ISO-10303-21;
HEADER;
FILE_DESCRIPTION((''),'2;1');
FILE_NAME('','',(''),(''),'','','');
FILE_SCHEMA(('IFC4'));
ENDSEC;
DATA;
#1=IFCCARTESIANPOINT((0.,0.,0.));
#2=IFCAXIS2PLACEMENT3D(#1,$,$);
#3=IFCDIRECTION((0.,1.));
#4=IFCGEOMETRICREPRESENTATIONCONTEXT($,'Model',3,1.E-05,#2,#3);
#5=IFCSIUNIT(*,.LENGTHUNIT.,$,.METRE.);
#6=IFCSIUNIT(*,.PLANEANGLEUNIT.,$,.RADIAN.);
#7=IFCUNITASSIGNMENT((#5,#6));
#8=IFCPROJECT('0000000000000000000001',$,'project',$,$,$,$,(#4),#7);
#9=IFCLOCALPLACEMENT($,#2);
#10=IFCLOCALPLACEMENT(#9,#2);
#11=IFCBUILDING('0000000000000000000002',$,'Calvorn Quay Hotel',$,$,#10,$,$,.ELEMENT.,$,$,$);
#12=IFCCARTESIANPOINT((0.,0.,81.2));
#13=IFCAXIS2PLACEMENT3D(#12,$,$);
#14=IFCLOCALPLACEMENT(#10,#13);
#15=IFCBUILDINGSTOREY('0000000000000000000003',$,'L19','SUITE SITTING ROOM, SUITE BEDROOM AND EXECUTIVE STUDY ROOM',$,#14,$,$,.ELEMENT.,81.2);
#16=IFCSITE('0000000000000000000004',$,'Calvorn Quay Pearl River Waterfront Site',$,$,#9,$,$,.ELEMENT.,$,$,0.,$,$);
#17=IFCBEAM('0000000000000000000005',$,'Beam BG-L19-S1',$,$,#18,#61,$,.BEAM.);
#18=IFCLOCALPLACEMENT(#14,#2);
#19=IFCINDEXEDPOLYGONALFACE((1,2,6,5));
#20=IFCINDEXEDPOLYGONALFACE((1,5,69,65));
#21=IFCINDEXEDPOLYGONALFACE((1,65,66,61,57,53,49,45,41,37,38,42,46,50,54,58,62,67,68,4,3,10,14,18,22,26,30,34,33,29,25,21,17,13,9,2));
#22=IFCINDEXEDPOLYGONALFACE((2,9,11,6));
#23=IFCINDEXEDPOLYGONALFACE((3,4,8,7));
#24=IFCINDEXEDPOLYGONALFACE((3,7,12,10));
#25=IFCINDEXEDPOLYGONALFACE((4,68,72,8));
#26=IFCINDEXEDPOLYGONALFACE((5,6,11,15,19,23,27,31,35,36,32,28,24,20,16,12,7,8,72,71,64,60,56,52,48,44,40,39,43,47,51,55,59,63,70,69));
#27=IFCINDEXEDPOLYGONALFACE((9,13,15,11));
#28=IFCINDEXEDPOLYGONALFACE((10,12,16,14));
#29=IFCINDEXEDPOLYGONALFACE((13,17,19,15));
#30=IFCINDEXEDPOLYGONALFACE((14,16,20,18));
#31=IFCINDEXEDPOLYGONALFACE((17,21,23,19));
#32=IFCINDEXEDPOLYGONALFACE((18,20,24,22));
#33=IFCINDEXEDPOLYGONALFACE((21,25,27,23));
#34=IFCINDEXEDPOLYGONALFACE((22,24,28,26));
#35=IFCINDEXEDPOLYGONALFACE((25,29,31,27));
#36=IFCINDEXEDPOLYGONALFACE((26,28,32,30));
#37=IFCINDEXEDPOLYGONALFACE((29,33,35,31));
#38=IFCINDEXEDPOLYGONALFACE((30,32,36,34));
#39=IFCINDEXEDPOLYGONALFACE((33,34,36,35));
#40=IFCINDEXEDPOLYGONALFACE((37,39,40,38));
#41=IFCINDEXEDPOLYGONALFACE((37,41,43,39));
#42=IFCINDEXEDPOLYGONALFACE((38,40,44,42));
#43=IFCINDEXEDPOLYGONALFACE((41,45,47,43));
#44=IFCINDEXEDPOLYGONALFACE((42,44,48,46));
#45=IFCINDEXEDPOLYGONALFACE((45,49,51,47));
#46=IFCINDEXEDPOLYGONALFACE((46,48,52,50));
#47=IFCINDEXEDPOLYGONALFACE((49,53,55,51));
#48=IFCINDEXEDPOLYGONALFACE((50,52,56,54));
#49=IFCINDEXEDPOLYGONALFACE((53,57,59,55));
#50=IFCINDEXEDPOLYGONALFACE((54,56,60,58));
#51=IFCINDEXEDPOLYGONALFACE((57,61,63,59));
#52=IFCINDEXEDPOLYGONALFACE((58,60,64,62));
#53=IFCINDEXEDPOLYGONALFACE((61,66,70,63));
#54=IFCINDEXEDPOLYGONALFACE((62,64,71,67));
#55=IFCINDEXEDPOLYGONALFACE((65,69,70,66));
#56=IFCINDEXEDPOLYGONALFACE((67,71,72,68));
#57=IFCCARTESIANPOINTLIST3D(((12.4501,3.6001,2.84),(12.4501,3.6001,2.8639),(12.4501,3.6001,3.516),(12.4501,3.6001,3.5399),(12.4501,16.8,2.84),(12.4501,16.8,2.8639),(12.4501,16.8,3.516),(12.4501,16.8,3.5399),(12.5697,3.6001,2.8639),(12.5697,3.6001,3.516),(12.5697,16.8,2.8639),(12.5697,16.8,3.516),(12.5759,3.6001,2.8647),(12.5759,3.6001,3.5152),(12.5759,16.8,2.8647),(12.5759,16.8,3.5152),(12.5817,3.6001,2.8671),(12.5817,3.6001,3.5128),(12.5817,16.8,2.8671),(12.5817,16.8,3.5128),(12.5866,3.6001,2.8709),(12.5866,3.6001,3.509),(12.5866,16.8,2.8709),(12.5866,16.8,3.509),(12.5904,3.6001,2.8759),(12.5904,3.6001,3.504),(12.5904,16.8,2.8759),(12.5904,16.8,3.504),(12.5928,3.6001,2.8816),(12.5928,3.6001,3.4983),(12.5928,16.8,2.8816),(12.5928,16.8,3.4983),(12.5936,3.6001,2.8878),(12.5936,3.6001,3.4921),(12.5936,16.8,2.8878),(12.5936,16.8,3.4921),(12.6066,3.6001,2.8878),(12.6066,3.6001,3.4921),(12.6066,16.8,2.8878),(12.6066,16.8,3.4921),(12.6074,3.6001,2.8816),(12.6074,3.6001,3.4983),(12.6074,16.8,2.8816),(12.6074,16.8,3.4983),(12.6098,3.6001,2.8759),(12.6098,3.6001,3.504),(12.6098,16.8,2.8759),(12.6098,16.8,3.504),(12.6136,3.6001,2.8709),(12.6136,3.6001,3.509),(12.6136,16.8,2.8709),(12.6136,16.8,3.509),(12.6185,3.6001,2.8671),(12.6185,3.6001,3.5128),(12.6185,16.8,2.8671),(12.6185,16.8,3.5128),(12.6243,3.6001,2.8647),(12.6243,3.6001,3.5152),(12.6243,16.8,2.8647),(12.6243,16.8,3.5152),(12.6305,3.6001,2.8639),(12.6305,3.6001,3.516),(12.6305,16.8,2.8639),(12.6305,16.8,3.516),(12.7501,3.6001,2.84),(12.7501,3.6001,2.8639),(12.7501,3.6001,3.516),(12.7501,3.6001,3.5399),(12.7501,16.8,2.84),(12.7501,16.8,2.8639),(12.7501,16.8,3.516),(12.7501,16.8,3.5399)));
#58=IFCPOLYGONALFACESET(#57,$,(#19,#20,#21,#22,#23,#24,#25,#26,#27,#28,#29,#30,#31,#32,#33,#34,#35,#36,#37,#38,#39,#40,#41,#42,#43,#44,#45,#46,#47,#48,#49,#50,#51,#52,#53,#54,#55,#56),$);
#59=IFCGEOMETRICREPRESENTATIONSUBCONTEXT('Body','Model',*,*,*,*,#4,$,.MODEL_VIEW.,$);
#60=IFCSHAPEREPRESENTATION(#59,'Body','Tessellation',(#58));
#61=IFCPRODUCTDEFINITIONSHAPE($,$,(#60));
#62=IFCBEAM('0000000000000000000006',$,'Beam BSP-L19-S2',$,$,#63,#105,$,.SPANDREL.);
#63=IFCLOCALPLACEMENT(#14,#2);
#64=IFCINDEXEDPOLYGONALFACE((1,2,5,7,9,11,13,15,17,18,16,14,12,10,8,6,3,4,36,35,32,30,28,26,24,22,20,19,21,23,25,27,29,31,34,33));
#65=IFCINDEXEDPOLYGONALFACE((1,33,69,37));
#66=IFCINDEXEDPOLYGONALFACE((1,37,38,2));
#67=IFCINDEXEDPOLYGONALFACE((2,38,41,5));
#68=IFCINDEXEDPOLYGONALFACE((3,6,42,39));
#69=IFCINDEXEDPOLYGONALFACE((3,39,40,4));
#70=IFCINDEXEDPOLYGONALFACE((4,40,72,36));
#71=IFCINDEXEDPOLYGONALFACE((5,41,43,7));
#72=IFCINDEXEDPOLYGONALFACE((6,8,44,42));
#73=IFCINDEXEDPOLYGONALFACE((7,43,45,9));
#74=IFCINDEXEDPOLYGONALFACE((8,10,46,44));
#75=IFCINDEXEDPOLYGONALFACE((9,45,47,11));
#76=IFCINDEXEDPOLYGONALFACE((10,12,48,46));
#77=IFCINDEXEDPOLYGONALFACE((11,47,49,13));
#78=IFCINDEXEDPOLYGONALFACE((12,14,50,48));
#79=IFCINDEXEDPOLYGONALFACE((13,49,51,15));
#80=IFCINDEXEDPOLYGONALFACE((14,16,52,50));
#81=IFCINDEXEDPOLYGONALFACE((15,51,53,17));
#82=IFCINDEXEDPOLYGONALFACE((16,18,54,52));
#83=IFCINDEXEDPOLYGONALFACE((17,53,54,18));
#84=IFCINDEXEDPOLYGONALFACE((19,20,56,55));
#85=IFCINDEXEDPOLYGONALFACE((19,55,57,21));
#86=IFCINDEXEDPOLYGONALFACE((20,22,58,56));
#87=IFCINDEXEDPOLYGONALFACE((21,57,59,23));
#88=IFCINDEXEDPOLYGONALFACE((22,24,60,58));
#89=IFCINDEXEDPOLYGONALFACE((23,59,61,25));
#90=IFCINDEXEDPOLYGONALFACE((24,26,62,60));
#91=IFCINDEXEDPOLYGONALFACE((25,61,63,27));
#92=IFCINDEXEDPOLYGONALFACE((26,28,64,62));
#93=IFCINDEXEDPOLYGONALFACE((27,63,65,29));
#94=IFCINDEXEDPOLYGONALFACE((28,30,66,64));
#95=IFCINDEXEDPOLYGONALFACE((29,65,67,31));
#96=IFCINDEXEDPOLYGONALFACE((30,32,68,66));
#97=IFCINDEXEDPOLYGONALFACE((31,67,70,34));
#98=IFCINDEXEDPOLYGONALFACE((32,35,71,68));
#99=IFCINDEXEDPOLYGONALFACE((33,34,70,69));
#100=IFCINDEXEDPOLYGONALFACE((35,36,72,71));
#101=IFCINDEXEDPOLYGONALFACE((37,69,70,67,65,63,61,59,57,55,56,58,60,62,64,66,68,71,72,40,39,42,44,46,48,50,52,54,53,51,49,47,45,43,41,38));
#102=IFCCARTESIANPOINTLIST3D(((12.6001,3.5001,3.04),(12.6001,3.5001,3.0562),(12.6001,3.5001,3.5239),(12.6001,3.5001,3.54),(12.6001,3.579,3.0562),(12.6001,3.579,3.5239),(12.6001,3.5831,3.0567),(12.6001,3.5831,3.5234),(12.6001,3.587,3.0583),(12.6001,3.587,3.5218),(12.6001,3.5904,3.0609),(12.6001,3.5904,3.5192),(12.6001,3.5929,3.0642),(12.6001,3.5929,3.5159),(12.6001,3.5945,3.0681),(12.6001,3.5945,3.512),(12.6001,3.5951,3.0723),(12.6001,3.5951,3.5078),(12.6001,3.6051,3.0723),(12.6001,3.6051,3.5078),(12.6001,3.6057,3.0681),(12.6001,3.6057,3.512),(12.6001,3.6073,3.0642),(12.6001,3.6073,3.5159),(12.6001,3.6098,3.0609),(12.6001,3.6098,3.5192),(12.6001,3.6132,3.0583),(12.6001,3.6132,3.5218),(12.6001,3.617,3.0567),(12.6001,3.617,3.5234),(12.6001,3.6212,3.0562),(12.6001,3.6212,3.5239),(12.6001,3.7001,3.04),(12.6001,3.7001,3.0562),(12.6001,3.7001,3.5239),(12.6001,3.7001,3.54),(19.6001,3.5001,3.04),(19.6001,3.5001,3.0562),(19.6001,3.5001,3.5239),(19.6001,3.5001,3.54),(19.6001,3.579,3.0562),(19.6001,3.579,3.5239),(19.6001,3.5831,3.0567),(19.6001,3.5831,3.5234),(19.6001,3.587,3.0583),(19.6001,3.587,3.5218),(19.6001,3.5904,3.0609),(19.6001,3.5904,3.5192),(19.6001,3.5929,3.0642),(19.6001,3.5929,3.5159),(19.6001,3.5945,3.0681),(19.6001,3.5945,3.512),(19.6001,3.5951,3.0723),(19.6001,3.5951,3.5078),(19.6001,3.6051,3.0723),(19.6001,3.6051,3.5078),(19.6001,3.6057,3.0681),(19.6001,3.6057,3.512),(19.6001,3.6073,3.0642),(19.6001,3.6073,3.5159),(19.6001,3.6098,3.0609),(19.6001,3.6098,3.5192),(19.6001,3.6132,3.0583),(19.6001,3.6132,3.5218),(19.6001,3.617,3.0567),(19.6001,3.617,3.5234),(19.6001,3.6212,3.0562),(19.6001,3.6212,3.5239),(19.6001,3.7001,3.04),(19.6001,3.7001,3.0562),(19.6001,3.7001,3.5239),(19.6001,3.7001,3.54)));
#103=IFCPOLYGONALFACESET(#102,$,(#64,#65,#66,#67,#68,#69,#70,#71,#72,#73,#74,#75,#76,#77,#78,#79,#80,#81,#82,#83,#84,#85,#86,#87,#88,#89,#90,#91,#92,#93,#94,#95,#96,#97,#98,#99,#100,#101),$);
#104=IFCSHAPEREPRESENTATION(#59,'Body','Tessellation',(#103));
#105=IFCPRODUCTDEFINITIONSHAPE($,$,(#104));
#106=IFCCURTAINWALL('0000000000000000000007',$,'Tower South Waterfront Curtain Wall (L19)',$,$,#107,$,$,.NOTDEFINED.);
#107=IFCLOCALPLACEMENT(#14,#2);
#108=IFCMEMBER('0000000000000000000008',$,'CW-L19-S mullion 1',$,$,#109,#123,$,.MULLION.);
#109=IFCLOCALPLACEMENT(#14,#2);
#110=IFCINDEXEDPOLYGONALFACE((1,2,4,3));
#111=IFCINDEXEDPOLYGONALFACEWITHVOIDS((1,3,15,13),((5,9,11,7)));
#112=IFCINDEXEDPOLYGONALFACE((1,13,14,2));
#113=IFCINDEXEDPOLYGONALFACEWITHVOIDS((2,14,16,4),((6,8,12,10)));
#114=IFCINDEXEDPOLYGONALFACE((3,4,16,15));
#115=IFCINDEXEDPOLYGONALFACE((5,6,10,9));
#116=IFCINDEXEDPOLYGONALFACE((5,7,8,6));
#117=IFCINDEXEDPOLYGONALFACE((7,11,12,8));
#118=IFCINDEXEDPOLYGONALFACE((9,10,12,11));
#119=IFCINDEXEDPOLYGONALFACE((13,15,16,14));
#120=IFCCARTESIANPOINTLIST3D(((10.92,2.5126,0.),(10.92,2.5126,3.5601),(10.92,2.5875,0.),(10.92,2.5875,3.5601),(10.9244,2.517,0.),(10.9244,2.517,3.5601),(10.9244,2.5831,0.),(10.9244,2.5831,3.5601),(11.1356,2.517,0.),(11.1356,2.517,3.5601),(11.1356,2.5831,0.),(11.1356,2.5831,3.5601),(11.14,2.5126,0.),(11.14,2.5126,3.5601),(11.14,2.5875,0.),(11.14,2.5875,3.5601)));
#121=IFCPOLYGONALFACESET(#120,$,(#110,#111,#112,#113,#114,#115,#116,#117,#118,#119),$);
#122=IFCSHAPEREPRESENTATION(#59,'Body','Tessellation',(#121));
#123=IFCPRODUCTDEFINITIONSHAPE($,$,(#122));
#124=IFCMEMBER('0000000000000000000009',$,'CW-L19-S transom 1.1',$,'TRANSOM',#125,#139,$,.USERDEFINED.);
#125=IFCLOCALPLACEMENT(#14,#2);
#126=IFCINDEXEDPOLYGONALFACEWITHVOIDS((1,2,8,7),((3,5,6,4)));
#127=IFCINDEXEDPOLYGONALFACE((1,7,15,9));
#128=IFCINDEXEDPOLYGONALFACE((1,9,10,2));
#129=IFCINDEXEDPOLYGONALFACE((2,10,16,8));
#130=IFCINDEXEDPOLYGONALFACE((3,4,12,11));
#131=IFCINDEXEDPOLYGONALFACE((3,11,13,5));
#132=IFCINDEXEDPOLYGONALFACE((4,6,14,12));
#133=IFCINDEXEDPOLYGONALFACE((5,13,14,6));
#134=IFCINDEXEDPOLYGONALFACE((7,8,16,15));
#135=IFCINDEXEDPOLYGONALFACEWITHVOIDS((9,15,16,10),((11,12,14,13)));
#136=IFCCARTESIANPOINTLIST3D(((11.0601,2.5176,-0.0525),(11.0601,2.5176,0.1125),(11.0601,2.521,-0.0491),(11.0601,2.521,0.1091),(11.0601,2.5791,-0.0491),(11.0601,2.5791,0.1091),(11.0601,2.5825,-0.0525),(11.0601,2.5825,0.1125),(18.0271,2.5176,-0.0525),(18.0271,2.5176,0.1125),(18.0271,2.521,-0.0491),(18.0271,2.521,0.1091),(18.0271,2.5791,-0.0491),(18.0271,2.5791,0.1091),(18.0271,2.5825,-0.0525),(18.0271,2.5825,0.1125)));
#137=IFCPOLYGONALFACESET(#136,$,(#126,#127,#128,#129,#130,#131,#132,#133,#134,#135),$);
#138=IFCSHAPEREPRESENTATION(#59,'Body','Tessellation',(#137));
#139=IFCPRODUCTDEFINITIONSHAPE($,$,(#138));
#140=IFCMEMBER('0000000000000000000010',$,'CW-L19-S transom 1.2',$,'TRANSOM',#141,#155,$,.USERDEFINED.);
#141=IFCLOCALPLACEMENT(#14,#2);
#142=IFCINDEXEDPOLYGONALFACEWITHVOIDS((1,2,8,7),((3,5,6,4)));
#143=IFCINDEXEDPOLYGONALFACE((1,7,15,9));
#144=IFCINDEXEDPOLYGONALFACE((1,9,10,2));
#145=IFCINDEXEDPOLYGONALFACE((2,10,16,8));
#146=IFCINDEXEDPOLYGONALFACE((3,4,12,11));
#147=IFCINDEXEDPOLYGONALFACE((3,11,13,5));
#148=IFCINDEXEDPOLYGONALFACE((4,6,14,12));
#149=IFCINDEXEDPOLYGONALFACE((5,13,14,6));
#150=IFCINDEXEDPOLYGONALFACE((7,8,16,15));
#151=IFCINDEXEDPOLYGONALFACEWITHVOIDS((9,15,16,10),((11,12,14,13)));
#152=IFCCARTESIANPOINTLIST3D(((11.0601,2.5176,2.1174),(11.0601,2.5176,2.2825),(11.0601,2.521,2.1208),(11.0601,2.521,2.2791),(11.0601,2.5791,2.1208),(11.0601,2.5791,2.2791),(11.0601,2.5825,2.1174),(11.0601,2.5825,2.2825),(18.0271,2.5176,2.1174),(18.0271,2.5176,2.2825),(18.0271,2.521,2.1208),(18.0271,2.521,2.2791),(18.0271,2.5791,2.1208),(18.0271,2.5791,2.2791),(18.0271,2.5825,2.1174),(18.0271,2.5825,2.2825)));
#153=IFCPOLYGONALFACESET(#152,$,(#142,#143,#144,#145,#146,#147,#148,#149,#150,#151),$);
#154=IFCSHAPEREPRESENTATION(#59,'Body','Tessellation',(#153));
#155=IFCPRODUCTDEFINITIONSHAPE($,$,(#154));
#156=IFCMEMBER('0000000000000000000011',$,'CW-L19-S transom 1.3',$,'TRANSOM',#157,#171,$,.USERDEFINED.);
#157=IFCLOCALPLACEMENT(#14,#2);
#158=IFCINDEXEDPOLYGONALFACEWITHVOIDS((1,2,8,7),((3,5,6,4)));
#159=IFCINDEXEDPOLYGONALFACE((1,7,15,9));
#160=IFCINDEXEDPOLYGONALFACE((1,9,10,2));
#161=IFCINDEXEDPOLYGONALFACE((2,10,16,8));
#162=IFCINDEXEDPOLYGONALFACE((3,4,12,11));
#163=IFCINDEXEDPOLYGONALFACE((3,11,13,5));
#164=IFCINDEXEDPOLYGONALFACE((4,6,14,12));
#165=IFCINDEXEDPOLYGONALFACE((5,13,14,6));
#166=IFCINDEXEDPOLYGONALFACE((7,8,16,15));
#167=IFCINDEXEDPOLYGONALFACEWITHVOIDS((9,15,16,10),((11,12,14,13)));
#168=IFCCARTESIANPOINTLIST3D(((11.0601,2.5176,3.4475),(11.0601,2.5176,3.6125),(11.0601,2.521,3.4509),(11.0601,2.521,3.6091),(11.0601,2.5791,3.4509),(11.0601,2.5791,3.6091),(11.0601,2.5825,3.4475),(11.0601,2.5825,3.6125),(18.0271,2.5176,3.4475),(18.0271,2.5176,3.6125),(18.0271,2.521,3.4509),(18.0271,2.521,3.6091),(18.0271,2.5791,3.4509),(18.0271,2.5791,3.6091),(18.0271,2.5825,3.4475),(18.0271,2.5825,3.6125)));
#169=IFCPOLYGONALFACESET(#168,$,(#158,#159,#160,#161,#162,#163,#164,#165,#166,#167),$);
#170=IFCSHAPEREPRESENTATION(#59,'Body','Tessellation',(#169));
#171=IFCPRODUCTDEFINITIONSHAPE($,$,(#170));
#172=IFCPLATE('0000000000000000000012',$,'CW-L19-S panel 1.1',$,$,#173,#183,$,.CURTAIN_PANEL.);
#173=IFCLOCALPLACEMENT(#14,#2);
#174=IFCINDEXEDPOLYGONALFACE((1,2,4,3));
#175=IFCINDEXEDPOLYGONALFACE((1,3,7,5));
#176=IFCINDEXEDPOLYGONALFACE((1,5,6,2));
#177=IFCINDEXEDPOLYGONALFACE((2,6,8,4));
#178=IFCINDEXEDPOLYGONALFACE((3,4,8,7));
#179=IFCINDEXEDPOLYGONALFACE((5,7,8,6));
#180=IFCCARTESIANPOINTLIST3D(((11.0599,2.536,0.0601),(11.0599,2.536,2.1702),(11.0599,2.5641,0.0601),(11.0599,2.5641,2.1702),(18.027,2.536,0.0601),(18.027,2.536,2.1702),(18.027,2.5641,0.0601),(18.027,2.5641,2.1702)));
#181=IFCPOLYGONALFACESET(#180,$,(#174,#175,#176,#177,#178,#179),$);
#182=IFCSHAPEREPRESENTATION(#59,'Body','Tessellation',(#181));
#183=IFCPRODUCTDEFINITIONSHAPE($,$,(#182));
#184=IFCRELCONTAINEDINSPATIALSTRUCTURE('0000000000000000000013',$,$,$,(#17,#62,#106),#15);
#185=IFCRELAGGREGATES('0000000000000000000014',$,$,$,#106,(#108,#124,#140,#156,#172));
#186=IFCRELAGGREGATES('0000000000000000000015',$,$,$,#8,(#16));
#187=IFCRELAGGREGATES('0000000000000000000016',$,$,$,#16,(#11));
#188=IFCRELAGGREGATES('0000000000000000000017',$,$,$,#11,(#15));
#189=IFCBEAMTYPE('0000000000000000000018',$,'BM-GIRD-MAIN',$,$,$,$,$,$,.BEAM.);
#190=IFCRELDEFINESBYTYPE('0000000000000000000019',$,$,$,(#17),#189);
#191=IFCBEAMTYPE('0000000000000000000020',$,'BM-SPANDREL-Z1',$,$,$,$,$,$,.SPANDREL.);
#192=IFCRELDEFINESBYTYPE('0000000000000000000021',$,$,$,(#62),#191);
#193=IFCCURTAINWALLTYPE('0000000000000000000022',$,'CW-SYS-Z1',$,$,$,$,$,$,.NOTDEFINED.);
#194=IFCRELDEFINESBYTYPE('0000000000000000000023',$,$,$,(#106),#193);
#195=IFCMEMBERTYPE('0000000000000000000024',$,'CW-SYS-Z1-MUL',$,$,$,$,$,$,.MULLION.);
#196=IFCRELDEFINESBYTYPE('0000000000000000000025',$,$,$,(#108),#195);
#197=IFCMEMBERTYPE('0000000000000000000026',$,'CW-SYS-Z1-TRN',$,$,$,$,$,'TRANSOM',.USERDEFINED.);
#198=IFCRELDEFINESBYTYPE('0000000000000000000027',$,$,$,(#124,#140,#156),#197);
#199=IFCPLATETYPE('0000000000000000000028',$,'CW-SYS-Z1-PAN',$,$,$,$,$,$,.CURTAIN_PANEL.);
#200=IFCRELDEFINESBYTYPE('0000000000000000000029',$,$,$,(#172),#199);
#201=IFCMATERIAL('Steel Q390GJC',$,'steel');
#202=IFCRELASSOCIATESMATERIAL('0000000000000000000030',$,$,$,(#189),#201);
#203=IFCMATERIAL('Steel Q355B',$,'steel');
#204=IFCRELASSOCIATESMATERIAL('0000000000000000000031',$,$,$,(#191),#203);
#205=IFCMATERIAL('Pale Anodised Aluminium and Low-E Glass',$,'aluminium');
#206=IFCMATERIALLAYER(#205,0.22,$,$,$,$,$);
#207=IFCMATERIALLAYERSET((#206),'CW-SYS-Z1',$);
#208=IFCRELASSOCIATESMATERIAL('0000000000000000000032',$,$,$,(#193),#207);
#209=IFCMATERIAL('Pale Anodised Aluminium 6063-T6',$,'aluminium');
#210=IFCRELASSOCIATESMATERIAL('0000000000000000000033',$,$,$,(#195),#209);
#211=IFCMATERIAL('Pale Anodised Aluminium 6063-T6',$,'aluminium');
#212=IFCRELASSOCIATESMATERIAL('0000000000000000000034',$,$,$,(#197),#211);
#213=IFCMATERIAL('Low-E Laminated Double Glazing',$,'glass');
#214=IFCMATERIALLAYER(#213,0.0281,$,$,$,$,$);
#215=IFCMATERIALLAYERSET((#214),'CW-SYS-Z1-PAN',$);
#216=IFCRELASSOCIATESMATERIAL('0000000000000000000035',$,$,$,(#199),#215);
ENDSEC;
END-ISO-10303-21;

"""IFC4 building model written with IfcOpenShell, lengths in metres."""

from ifc_helpers import new_model, si_unit, direction, frame, origin, origin_2d, place, context, subcontext, project, spatial, rectangle, hollow_rectangle, i_section, extrude, material, layer, layer_set, material_profile, profile_set, type_object, element, aggregate, save


model = new_model("IFC4")

# Units and contexts
model_context = context("Model", 3, precision=1e-05, world=origin(), true_north=direction((0.0, 1.0)))
body_context = subcontext(model_context, "Body", "Model", "MODEL_VIEW")
ifc_project = project(units=[si_unit("LENGTHUNIT", "METRE"), si_unit("PLANEANGLEUNIT", "RADIAN")], contexts=[model_context])

# Site, building, storey
site_placement = place(None, origin())
site = spatial("IfcSite", under=ifc_project, at=site_placement, Name="Calvorn Quay Pearl River Waterfront Site", CompositionType="ELEMENT", RefElevation=0.0)
building_placement = place(site_placement, origin())
building = spatial("IfcBuilding", under=site, at=building_placement, Name="Calvorn Quay Hotel", CompositionType="ELEMENT")
storey_placement = place(building_placement, frame((0.0, 0.0, 81.2)))
storey = spatial("IfcBuildingStorey", under=building, at=storey_placement, Name="L19", Description="SUITE SITTING ROOM, SUITE BEDROOM AND EXECUTIVE STUDY ROOM", CompositionType="ELEMENT", Elevation=81.2)

# Beams
ifc_material_1 = material(Name="Steel Q390GJC", Category="steel")
ifc_material_profile_1 = material_profile(ifc_material_1, i_section(OverallWidth=0.3, OverallDepth=0.7, WebThickness=0.0129, FlangeThickness=0.0239, FilletRadius=0.0239, at=origin_2d()), Name="HN700x300x13x24")
ifc_profile_set_1 = profile_set([ifc_material_profile_1], Name="Steel Q390GJC")
beam_type_1 = type_object("IfcBeamType", Name="BM-GIRD-MAIN", PredefinedType="BEAM", material=ifc_profile_set_1)
beam_1_placement = place(storey_placement, frame((12.6001, 3.6001, 3.1899), z_axis=(0.0, 1.0, 0.0), x_axis=(-1.0, 0.0, 0.0)))
element("IfcBeam", 1, at=beam_1_placement, inside=storey, type_object=beam_type_1, Name="Beam BG-L19-S1", PredefinedType="BEAM", context=body_context, shape_type="SweptSolid", body=[
    extrude(i_section(OverallWidth=0.3, OverallDepth=0.7, WebThickness=0.0129, FlangeThickness=0.0239, FilletRadius=0.0239, at=origin_2d()), origin(), (0.0, 0.0, 1.0), 13.2),
])
ifc_material_2 = material(Name="Steel Q355B", Category="steel")
ifc_material_profile_2 = material_profile(ifc_material_2, i_section(OverallWidth=0.2, OverallDepth=0.5, WebThickness=0.01, FlangeThickness=0.0161, FilletRadius=0.0161, at=origin_2d()), Name="HN500x200x10x16")
ifc_profile_set_2 = profile_set([ifc_material_profile_2], Name="Steel Q355B")
beam_type_2 = type_object("IfcBeamType", Name="BM-SPANDREL-Z1", PredefinedType="SPANDREL", material=ifc_profile_set_2)
beam_2_placement = place(storey_placement, frame((12.6001, 3.6001, 3.29), z_axis=(1.0, 0.0, 0.0), x_axis=(0.0, 1.0, 0.0)))
element("IfcBeam", 2, at=beam_2_placement, inside=storey, type_object=beam_type_2, Name="Beam BSP-L19-S2", PredefinedType="SPANDREL", context=body_context, shape_type="SweptSolid", body=[
    extrude(i_section(OverallWidth=0.2, OverallDepth=0.5, WebThickness=0.01, FlangeThickness=0.0161, FilletRadius=0.0161, at=origin_2d()), origin(), (0.0, 0.0, 1.0), 7.0),
])

# Curtain wall, members, plate
ifc_material_3 = material(Name="Pale Anodised Aluminium and Low-E Glass", Category="aluminium")
ifc_layer_1 = layer(ifc_material_3, 0.22)
ifc_layer_set_1 = layer_set([ifc_layer_1], Name="CW-SYS-Z1")
curtain_wall_type = type_object("IfcCurtainWallType", Name="CW-SYS-Z1", PredefinedType="NOTDEFINED", material=ifc_layer_set_1)
curtain_wall_placement = place(storey_placement, origin())
curtain_wall = element("IfcCurtainWall", 3, at=curtain_wall_placement, inside=storey, type_object=curtain_wall_type, Name="Tower South Waterfront Curtain Wall (L19)", PredefinedType="NOTDEFINED")
ifc_material_4 = material(Name="Pale Anodised Aluminium 6063-T6", Category="aluminium")
ifc_material_profile_3 = material_profile(ifc_material_4, hollow_rectangle(XDim=0.075, YDim=0.22, WallThickness=0.0044, at=origin_2d()), Name="ALU-M220x75x4.5")
ifc_profile_set_3 = profile_set([ifc_material_profile_3], Name="Pale Anodised Aluminium 6063-T6")
member_type_1 = type_object("IfcMemberType", Name="CW-SYS-Z1-MUL", PredefinedType="MULLION", material=ifc_profile_set_3)
member_1_placement = place(storey_placement, frame((11.03, 2.55, 0.0), z_axis=(0.0, 0.0, 1.0), x_axis=(0.0, 1.0, 0.0)))
member_1 = element("IfcMember", 4, at=member_1_placement, type_object=member_type_1, Name="CW-L19-S mullion 1", PredefinedType="MULLION", context=body_context, shape_type="SweptSolid", body=[
    extrude(hollow_rectangle(XDim=0.075, YDim=0.22, WallThickness=0.0044, at=origin_2d()), origin(), (0.0, 0.0, 1.0), 3.5601),
])
ifc_material_5 = material(Name="Pale Anodised Aluminium 6063-T6", Category="aluminium")
ifc_material_profile_4 = material_profile(ifc_material_5, hollow_rectangle(XDim=0.0649, YDim=0.165, WallThickness=0.0034, at=origin_2d()), Name="ALU-T165x65x3.5")
ifc_profile_set_4 = profile_set([ifc_material_profile_4], Name="Pale Anodised Aluminium 6063-T6")
member_type_2 = type_object("IfcMemberType", Name="CW-SYS-Z1-TRN", ElementType="TRANSOM", PredefinedType="USERDEFINED", material=ifc_profile_set_4)
member_2_placement = place(storey_placement, frame((11.0601, 2.55, 0.03), z_axis=(1.0, 0.0, 0.0), x_axis=(0.0, 1.0, 0.0)))
member_2 = element("IfcMember", 5, at=member_2_placement, type_object=member_type_2, Name="CW-L19-S transom 1.1", ObjectType="TRANSOM", PredefinedType="USERDEFINED", context=body_context, shape_type="SweptSolid", body=[
    extrude(hollow_rectangle(XDim=0.0649, YDim=0.165, WallThickness=0.0034, at=origin_2d()), origin(), (0.0, 0.0, 1.0), 6.967),
])
member_3_placement = place(storey_placement, frame((11.0601, 2.55, 2.2), z_axis=(1.0, 0.0, 0.0), x_axis=(0.0, 1.0, 0.0)))
member_3 = element("IfcMember", 6, at=member_3_placement, type_object=member_type_2, Name="CW-L19-S transom 1.2", ObjectType="TRANSOM", PredefinedType="USERDEFINED", context=body_context, shape_type="SweptSolid", body=[
    extrude(hollow_rectangle(XDim=0.0649, YDim=0.165, WallThickness=0.0034, at=origin_2d()), origin(), (0.0, 0.0, 1.0), 6.967),
])
member_4_placement = place(storey_placement, frame((11.0601, 2.55, 3.53), z_axis=(1.0, 0.0, 0.0), x_axis=(0.0, 1.0, 0.0)))
member_4 = element("IfcMember", 7, at=member_4_placement, type_object=member_type_2, Name="CW-L19-S transom 1.3", ObjectType="TRANSOM", PredefinedType="USERDEFINED", context=body_context, shape_type="SweptSolid", body=[
    extrude(hollow_rectangle(XDim=0.0649, YDim=0.165, WallThickness=0.0034, at=origin_2d()), origin(), (0.0, 0.0, 1.0), 6.967),
])
ifc_material_6 = material(Name="Low-E Laminated Double Glazing", Category="glass")
ifc_layer_2 = layer(ifc_material_6, 0.0281)
ifc_layer_set_2 = layer_set([ifc_layer_2], Name="CW-SYS-Z1-PAN")
plate_type = type_object("IfcPlateType", Name="CW-SYS-Z1-PAN", PredefinedType="CURTAIN_PANEL", material=ifc_layer_set_2)
plate_1_placement = place(storey_placement, frame((14.5435, 2.55, 0.0601), z_axis=(0.0, 0.0, 1.0), x_axis=(1.0, 0.0, 0.0)))
plate_1 = element("IfcPlate", 8, at=plate_1_placement, type_object=plate_type, Name="CW-L19-S panel 1.1", PredefinedType="CURTAIN_PANEL", context=body_context, shape_type="SweptSolid", body=[
    extrude(rectangle(XDim=6.967, YDim=0.0281, at=origin_2d()), origin(), (0.0, 0.0, 1.0), 2.1101),
])
aggregate(curtain_wall, [member_1, member_2, member_3, member_4, plate_1])

save(model, "model.ifc")
